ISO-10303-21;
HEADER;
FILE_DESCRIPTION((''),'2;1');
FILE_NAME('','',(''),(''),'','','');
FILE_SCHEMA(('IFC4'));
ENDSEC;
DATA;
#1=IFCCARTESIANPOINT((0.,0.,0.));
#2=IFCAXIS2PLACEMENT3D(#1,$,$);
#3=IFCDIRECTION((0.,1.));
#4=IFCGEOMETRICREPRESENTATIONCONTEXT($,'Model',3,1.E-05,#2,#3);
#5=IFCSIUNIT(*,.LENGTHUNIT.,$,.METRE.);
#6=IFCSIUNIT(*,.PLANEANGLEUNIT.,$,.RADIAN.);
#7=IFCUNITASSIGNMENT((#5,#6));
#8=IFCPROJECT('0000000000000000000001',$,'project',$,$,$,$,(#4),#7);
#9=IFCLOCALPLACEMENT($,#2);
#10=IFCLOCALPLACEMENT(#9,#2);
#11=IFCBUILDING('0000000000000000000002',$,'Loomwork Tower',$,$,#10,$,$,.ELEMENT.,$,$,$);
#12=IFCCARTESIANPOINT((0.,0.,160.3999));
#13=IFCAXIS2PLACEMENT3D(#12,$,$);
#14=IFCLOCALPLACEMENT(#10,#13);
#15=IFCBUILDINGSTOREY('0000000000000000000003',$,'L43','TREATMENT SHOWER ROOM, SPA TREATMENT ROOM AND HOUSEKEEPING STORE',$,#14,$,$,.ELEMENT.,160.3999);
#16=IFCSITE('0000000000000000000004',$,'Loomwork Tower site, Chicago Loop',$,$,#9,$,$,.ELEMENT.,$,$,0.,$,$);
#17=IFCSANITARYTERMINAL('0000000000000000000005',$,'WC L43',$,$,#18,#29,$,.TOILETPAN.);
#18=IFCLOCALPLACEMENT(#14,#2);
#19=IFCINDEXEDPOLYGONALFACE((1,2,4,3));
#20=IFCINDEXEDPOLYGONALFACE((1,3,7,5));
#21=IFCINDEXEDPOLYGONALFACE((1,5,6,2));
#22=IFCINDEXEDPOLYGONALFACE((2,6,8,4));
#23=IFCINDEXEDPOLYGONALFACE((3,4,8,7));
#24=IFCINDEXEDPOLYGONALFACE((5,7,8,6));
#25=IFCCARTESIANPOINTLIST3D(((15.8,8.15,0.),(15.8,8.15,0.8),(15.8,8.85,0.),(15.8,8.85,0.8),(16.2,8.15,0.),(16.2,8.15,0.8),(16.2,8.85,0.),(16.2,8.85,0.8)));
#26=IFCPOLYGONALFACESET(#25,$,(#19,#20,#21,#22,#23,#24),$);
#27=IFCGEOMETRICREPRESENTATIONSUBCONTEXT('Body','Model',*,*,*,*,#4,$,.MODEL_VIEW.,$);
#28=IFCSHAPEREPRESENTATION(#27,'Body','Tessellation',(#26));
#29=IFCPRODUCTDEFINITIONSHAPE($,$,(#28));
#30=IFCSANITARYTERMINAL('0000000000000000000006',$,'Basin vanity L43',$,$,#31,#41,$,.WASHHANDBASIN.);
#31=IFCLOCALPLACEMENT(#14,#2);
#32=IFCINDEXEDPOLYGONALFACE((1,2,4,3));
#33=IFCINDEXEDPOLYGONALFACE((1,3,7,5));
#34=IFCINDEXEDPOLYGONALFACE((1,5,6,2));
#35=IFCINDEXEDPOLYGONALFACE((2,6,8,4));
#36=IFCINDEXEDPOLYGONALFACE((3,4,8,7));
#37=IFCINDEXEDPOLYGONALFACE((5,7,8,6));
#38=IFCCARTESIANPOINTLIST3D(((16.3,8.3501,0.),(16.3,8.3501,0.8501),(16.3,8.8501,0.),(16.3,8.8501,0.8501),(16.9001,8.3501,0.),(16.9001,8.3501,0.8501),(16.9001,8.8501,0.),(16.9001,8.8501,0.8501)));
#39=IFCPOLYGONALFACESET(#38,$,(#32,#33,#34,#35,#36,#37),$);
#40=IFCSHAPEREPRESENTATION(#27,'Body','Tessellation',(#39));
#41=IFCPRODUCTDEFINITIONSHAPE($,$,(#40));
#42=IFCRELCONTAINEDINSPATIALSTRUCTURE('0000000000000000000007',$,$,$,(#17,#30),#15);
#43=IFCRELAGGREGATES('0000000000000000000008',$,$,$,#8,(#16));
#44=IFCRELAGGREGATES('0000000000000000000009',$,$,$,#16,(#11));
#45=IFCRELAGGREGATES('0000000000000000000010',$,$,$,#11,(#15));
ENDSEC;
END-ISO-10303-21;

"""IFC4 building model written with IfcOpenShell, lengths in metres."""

from ifc_helpers import new_model, si_unit, direction, frame, origin, origin_2d, place, context, subcontext, project, spatial, rectangle, extrude, element, save


model = new_model("IFC4")

# Units and contexts
model_context = context("Model", 3, precision=1e-05, world=origin(), true_north=direction((0.0, 1.0)))
body_context = subcontext(model_context, "Body", "Model", "MODEL_VIEW")
ifc_project = project(units=[si_unit("LENGTHUNIT", "METRE"), si_unit("PLANEANGLEUNIT", "RADIAN")], contexts=[model_context])

# Site, building, storey
site_placement = place(None, origin())
site = spatial("IfcSite", under=ifc_project, at=site_placement, Name="Loomwork Tower site, Chicago Loop", CompositionType="ELEMENT", RefElevation=0.0)
building_placement = place(site_placement, origin())
building = spatial("IfcBuilding", under=site, at=building_placement, Name="Loomwork Tower", CompositionType="ELEMENT")
storey_placement = place(building_placement, frame((0.0, 0.0, 160.3999)))
storey = spatial("IfcBuildingStorey", under=building, at=storey_placement, Name="L43", Description="TREATMENT SHOWER ROOM, SPA TREATMENT ROOM AND HOUSEKEEPING STORE", CompositionType="ELEMENT", Elevation=160.3999)

# Sanitary terminals
sanitary_terminal_1_placement = place(storey_placement, frame((16.0, 8.5, 0.0), z_axis=(0.0, 0.0, 1.0), x_axis=(1.0, 0.0, 0.0)))
element("IfcSanitaryTerminal", 1, at=sanitary_terminal_1_placement, inside=storey, Name="WC L43", PredefinedType="TOILETPAN", context=body_context, shape_type="SweptSolid", body=[
    extrude(rectangle(XDim=0.3999, YDim=0.7, at=origin_2d()), origin(), (0.0, 0.0, 1.0), 0.8),
])
sanitary_terminal_2_placement = place(storey_placement, frame((16.6001, 8.6001, 0.0), z_axis=(0.0, 0.0, 1.0), x_axis=(1.0, 0.0, 0.0)))
element("IfcSanitaryTerminal", 2, at=sanitary_terminal_2_placement, inside=storey, Name="Basin vanity L43", PredefinedType="WASHHANDBASIN", context=body_context, shape_type="SweptSolid", body=[
    extrude(rectangle(XDim=0.6001, YDim=0.5, at=origin_2d()), origin(), (0.0, 0.0, 1.0), 0.8501),
])

save(model, "model.ifc")
